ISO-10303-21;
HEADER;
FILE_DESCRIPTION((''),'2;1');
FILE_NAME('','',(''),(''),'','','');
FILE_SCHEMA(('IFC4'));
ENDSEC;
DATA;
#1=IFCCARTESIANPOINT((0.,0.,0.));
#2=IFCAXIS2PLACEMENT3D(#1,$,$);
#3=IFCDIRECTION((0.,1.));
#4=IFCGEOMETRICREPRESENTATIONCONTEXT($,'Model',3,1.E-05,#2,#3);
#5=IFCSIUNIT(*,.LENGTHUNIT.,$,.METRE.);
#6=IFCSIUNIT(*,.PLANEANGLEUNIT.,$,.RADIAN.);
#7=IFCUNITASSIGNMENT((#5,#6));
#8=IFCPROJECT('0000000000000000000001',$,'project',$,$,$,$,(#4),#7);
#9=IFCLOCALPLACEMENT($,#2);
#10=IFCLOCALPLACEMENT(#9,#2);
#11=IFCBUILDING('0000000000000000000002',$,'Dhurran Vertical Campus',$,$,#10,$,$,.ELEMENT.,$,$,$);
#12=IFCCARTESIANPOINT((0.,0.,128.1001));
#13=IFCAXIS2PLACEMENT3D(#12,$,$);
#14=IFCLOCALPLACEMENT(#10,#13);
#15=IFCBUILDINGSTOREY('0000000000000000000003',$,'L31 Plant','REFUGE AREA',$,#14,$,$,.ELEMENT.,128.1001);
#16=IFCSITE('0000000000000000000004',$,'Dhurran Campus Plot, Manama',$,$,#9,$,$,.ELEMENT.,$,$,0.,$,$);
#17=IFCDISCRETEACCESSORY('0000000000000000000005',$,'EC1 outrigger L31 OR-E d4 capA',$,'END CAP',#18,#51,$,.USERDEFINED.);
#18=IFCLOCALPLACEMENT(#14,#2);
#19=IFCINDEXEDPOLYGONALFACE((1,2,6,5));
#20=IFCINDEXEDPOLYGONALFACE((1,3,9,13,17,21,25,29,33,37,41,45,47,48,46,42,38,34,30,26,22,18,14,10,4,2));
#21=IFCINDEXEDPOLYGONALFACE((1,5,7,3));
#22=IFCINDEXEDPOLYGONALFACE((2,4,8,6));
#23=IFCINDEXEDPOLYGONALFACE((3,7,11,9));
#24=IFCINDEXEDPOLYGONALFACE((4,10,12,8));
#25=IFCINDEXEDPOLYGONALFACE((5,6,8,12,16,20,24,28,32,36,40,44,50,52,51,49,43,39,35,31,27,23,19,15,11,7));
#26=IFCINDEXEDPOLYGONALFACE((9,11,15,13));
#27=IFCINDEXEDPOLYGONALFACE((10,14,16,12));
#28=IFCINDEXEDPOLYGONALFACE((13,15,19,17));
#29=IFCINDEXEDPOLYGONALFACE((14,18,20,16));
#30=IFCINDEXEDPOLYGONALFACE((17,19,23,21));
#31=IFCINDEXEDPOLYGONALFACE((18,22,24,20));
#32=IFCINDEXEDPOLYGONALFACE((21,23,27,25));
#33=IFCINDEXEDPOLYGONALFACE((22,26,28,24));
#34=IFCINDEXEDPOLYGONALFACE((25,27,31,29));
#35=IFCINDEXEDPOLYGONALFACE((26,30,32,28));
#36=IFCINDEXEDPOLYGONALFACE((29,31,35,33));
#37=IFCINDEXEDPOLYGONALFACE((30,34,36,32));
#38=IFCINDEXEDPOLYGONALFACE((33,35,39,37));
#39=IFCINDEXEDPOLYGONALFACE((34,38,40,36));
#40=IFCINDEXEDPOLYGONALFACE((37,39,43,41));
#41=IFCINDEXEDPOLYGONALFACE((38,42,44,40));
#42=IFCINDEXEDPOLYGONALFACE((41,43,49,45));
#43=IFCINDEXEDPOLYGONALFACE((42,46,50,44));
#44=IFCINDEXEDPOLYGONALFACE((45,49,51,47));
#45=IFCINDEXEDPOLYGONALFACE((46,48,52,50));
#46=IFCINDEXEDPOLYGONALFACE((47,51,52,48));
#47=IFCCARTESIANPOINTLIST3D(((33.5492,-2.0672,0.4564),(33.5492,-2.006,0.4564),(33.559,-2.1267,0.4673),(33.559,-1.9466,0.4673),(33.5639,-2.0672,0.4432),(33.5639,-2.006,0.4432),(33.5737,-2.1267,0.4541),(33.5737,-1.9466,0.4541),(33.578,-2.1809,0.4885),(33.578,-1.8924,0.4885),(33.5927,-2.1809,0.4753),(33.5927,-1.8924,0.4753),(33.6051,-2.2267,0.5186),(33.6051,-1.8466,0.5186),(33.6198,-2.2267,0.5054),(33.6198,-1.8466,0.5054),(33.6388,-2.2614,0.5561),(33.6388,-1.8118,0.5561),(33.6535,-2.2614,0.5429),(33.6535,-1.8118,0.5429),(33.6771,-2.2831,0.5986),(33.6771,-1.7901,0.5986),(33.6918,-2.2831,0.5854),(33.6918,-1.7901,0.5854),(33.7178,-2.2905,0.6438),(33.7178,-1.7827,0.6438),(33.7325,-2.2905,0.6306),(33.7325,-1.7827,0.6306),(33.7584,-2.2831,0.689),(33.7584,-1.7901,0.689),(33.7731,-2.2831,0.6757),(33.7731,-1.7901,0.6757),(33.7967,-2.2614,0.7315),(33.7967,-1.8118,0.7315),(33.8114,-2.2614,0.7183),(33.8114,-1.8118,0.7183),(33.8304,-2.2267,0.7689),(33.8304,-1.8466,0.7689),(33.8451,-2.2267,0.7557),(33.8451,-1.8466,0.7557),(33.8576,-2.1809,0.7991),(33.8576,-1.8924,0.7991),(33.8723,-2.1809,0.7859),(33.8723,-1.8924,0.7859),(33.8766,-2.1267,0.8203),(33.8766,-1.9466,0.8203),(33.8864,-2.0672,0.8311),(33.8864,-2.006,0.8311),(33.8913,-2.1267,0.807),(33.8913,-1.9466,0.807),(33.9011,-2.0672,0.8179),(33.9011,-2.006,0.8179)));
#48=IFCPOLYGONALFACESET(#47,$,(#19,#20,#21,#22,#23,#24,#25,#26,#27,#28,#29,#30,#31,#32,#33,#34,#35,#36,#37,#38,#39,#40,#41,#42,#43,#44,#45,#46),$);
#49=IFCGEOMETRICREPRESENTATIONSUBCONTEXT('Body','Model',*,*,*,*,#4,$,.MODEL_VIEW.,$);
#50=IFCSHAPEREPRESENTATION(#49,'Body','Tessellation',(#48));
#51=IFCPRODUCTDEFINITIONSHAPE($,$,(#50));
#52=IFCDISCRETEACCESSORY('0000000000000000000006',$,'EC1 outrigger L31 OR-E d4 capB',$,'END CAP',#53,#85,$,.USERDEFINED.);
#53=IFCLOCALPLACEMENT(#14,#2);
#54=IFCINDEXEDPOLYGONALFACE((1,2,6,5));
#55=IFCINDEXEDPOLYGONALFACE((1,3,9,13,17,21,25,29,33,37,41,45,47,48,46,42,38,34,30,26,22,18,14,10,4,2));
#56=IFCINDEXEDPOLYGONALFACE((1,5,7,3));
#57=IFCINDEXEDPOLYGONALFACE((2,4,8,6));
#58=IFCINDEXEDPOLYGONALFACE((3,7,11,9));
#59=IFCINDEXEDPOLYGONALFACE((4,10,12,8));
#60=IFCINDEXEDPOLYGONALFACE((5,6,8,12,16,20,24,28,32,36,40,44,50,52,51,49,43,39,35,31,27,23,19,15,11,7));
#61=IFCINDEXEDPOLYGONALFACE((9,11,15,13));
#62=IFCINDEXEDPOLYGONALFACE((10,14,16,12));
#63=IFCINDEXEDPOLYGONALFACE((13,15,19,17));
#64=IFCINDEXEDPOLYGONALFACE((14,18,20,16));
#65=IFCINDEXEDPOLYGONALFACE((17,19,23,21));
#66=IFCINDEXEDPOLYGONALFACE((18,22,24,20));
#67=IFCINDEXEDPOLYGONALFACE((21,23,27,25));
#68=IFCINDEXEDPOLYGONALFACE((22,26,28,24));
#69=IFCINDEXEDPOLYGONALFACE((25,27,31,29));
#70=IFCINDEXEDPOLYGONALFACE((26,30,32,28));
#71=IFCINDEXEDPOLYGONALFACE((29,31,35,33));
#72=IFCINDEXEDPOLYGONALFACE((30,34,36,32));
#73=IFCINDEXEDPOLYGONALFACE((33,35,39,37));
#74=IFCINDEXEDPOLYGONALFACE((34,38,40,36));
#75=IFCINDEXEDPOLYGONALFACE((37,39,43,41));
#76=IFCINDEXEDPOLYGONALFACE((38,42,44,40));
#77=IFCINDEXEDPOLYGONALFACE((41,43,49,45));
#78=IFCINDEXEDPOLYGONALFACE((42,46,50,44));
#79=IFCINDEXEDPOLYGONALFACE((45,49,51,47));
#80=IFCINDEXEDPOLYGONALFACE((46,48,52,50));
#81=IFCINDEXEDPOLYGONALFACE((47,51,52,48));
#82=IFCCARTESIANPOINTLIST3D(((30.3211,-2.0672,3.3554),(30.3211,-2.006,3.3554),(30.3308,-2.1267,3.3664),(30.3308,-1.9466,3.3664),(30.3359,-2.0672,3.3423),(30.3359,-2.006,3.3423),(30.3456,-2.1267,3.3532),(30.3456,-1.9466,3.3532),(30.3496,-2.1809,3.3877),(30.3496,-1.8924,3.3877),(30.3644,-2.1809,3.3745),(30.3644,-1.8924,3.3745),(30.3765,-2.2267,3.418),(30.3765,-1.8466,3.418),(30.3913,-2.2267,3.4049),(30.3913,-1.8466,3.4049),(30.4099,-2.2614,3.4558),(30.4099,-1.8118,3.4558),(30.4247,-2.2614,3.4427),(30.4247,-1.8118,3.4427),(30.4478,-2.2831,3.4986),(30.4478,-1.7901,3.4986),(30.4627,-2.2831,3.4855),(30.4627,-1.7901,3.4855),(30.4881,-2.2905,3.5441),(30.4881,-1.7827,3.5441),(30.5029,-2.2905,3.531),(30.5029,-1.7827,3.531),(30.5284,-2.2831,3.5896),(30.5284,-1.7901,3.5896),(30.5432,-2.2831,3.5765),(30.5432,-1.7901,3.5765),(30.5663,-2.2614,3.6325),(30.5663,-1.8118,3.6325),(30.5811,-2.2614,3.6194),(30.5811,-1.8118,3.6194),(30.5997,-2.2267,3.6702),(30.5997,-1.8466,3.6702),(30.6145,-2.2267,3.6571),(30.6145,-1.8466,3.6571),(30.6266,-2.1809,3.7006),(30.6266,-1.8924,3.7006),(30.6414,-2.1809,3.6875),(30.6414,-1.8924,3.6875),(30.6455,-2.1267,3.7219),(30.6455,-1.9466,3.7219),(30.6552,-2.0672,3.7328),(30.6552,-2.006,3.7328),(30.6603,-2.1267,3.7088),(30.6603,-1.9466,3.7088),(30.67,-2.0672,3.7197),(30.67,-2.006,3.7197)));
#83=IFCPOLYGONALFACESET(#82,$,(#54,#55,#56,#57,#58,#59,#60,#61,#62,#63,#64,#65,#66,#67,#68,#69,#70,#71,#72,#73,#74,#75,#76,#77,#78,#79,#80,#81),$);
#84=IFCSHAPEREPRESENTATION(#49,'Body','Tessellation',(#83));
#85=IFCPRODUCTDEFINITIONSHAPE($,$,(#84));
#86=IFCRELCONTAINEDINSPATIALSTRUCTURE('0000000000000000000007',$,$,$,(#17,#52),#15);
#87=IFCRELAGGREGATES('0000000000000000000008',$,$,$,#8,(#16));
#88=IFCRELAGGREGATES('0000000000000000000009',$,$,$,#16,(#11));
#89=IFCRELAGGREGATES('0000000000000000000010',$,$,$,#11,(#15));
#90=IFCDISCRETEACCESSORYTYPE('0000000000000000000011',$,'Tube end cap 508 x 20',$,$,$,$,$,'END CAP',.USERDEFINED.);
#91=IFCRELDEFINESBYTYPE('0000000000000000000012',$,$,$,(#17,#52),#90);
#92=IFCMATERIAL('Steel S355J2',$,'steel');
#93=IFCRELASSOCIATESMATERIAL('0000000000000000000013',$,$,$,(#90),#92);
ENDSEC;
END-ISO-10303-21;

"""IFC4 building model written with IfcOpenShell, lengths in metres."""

from ifc_helpers import new_model, si_unit, direction, frame, origin, origin_2d, place, context, subcontext, project, spatial, circle, extrude, material, material_profile, profile_set, type_object, element, save


model = new_model("IFC4")

# Units and contexts
model_context = context("Model", 3, precision=1e-05, world=origin(), true_north=direction((0.0, 1.0)))
body_context = subcontext(model_context, "Body", "Model", "MODEL_VIEW")
ifc_project = project(units=[si_unit("LENGTHUNIT", "METRE"), si_unit("PLANEANGLEUNIT", "RADIAN")], contexts=[model_context])

# Site, building, storey
site_placement = place(None, origin())
site = spatial("IfcSite", under=ifc_project, at=site_placement, Name="Dhurran Campus Plot, Manama", CompositionType="ELEMENT", RefElevation=0.0)
building_placement = place(site_placement, origin())
building = spatial("IfcBuilding", under=site, at=building_placement, Name="Dhurran Vertical Campus", CompositionType="ELEMENT")
storey_placement = place(building_placement, frame((0.0, 0.0, 128.1001)))
storey = spatial("IfcBuildingStorey", under=building, at=storey_placement, Name="L31 Plant", Description="REFUGE AREA", CompositionType="ELEMENT", Elevation=128.1001)

# Discrete accessories
ifc_material_1 = material(Name="Steel S355J2", Category="steel")
ifc_material_profile_1 = material_profile(ifc_material_1, circle(Radius=0.2539, at=origin_2d()), Name="Tube end cap 508 x 20")
ifc_profile_set_1 = profile_set([ifc_material_profile_1], Name="Steel S355J2")
discrete_accessory_type_1 = type_object("IfcDiscreteAccessoryType", Name="Tube end cap 508 x 20", ElementType="END CAP", PredefinedType="USERDEFINED", material=ifc_profile_set_1)
for number, where, z_axis, x_axis, name in (
    (1, (33.7178, -2.0366, 0.6438), (0.743294, 0.0, -0.668965), (0.0, 1.0, 0.0), "EC1 outrigger L31 OR-E d4 capA"),
    (2, (30.5029, -2.0366, 3.531), (-0.748762, 0.0, 0.662839), (0.0, -1.0, 0.0), "EC1 outrigger L31 OR-E d4 capB"),
):
    element("IfcDiscreteAccessory", number, at=place(storey_placement, frame(where, z_axis=z_axis, x_axis=x_axis)), inside=storey, type_object=discrete_accessory_type_1, Name=name, ObjectType="END CAP", PredefinedType="USERDEFINED", context=body_context, shape_type="SweptSolid", body=[
        extrude(circle(Radius=0.2539, at=origin_2d()), origin(), (0.0, 0.0, 1.0), 0.0198),
    ])

save(model, "model.ifc")
